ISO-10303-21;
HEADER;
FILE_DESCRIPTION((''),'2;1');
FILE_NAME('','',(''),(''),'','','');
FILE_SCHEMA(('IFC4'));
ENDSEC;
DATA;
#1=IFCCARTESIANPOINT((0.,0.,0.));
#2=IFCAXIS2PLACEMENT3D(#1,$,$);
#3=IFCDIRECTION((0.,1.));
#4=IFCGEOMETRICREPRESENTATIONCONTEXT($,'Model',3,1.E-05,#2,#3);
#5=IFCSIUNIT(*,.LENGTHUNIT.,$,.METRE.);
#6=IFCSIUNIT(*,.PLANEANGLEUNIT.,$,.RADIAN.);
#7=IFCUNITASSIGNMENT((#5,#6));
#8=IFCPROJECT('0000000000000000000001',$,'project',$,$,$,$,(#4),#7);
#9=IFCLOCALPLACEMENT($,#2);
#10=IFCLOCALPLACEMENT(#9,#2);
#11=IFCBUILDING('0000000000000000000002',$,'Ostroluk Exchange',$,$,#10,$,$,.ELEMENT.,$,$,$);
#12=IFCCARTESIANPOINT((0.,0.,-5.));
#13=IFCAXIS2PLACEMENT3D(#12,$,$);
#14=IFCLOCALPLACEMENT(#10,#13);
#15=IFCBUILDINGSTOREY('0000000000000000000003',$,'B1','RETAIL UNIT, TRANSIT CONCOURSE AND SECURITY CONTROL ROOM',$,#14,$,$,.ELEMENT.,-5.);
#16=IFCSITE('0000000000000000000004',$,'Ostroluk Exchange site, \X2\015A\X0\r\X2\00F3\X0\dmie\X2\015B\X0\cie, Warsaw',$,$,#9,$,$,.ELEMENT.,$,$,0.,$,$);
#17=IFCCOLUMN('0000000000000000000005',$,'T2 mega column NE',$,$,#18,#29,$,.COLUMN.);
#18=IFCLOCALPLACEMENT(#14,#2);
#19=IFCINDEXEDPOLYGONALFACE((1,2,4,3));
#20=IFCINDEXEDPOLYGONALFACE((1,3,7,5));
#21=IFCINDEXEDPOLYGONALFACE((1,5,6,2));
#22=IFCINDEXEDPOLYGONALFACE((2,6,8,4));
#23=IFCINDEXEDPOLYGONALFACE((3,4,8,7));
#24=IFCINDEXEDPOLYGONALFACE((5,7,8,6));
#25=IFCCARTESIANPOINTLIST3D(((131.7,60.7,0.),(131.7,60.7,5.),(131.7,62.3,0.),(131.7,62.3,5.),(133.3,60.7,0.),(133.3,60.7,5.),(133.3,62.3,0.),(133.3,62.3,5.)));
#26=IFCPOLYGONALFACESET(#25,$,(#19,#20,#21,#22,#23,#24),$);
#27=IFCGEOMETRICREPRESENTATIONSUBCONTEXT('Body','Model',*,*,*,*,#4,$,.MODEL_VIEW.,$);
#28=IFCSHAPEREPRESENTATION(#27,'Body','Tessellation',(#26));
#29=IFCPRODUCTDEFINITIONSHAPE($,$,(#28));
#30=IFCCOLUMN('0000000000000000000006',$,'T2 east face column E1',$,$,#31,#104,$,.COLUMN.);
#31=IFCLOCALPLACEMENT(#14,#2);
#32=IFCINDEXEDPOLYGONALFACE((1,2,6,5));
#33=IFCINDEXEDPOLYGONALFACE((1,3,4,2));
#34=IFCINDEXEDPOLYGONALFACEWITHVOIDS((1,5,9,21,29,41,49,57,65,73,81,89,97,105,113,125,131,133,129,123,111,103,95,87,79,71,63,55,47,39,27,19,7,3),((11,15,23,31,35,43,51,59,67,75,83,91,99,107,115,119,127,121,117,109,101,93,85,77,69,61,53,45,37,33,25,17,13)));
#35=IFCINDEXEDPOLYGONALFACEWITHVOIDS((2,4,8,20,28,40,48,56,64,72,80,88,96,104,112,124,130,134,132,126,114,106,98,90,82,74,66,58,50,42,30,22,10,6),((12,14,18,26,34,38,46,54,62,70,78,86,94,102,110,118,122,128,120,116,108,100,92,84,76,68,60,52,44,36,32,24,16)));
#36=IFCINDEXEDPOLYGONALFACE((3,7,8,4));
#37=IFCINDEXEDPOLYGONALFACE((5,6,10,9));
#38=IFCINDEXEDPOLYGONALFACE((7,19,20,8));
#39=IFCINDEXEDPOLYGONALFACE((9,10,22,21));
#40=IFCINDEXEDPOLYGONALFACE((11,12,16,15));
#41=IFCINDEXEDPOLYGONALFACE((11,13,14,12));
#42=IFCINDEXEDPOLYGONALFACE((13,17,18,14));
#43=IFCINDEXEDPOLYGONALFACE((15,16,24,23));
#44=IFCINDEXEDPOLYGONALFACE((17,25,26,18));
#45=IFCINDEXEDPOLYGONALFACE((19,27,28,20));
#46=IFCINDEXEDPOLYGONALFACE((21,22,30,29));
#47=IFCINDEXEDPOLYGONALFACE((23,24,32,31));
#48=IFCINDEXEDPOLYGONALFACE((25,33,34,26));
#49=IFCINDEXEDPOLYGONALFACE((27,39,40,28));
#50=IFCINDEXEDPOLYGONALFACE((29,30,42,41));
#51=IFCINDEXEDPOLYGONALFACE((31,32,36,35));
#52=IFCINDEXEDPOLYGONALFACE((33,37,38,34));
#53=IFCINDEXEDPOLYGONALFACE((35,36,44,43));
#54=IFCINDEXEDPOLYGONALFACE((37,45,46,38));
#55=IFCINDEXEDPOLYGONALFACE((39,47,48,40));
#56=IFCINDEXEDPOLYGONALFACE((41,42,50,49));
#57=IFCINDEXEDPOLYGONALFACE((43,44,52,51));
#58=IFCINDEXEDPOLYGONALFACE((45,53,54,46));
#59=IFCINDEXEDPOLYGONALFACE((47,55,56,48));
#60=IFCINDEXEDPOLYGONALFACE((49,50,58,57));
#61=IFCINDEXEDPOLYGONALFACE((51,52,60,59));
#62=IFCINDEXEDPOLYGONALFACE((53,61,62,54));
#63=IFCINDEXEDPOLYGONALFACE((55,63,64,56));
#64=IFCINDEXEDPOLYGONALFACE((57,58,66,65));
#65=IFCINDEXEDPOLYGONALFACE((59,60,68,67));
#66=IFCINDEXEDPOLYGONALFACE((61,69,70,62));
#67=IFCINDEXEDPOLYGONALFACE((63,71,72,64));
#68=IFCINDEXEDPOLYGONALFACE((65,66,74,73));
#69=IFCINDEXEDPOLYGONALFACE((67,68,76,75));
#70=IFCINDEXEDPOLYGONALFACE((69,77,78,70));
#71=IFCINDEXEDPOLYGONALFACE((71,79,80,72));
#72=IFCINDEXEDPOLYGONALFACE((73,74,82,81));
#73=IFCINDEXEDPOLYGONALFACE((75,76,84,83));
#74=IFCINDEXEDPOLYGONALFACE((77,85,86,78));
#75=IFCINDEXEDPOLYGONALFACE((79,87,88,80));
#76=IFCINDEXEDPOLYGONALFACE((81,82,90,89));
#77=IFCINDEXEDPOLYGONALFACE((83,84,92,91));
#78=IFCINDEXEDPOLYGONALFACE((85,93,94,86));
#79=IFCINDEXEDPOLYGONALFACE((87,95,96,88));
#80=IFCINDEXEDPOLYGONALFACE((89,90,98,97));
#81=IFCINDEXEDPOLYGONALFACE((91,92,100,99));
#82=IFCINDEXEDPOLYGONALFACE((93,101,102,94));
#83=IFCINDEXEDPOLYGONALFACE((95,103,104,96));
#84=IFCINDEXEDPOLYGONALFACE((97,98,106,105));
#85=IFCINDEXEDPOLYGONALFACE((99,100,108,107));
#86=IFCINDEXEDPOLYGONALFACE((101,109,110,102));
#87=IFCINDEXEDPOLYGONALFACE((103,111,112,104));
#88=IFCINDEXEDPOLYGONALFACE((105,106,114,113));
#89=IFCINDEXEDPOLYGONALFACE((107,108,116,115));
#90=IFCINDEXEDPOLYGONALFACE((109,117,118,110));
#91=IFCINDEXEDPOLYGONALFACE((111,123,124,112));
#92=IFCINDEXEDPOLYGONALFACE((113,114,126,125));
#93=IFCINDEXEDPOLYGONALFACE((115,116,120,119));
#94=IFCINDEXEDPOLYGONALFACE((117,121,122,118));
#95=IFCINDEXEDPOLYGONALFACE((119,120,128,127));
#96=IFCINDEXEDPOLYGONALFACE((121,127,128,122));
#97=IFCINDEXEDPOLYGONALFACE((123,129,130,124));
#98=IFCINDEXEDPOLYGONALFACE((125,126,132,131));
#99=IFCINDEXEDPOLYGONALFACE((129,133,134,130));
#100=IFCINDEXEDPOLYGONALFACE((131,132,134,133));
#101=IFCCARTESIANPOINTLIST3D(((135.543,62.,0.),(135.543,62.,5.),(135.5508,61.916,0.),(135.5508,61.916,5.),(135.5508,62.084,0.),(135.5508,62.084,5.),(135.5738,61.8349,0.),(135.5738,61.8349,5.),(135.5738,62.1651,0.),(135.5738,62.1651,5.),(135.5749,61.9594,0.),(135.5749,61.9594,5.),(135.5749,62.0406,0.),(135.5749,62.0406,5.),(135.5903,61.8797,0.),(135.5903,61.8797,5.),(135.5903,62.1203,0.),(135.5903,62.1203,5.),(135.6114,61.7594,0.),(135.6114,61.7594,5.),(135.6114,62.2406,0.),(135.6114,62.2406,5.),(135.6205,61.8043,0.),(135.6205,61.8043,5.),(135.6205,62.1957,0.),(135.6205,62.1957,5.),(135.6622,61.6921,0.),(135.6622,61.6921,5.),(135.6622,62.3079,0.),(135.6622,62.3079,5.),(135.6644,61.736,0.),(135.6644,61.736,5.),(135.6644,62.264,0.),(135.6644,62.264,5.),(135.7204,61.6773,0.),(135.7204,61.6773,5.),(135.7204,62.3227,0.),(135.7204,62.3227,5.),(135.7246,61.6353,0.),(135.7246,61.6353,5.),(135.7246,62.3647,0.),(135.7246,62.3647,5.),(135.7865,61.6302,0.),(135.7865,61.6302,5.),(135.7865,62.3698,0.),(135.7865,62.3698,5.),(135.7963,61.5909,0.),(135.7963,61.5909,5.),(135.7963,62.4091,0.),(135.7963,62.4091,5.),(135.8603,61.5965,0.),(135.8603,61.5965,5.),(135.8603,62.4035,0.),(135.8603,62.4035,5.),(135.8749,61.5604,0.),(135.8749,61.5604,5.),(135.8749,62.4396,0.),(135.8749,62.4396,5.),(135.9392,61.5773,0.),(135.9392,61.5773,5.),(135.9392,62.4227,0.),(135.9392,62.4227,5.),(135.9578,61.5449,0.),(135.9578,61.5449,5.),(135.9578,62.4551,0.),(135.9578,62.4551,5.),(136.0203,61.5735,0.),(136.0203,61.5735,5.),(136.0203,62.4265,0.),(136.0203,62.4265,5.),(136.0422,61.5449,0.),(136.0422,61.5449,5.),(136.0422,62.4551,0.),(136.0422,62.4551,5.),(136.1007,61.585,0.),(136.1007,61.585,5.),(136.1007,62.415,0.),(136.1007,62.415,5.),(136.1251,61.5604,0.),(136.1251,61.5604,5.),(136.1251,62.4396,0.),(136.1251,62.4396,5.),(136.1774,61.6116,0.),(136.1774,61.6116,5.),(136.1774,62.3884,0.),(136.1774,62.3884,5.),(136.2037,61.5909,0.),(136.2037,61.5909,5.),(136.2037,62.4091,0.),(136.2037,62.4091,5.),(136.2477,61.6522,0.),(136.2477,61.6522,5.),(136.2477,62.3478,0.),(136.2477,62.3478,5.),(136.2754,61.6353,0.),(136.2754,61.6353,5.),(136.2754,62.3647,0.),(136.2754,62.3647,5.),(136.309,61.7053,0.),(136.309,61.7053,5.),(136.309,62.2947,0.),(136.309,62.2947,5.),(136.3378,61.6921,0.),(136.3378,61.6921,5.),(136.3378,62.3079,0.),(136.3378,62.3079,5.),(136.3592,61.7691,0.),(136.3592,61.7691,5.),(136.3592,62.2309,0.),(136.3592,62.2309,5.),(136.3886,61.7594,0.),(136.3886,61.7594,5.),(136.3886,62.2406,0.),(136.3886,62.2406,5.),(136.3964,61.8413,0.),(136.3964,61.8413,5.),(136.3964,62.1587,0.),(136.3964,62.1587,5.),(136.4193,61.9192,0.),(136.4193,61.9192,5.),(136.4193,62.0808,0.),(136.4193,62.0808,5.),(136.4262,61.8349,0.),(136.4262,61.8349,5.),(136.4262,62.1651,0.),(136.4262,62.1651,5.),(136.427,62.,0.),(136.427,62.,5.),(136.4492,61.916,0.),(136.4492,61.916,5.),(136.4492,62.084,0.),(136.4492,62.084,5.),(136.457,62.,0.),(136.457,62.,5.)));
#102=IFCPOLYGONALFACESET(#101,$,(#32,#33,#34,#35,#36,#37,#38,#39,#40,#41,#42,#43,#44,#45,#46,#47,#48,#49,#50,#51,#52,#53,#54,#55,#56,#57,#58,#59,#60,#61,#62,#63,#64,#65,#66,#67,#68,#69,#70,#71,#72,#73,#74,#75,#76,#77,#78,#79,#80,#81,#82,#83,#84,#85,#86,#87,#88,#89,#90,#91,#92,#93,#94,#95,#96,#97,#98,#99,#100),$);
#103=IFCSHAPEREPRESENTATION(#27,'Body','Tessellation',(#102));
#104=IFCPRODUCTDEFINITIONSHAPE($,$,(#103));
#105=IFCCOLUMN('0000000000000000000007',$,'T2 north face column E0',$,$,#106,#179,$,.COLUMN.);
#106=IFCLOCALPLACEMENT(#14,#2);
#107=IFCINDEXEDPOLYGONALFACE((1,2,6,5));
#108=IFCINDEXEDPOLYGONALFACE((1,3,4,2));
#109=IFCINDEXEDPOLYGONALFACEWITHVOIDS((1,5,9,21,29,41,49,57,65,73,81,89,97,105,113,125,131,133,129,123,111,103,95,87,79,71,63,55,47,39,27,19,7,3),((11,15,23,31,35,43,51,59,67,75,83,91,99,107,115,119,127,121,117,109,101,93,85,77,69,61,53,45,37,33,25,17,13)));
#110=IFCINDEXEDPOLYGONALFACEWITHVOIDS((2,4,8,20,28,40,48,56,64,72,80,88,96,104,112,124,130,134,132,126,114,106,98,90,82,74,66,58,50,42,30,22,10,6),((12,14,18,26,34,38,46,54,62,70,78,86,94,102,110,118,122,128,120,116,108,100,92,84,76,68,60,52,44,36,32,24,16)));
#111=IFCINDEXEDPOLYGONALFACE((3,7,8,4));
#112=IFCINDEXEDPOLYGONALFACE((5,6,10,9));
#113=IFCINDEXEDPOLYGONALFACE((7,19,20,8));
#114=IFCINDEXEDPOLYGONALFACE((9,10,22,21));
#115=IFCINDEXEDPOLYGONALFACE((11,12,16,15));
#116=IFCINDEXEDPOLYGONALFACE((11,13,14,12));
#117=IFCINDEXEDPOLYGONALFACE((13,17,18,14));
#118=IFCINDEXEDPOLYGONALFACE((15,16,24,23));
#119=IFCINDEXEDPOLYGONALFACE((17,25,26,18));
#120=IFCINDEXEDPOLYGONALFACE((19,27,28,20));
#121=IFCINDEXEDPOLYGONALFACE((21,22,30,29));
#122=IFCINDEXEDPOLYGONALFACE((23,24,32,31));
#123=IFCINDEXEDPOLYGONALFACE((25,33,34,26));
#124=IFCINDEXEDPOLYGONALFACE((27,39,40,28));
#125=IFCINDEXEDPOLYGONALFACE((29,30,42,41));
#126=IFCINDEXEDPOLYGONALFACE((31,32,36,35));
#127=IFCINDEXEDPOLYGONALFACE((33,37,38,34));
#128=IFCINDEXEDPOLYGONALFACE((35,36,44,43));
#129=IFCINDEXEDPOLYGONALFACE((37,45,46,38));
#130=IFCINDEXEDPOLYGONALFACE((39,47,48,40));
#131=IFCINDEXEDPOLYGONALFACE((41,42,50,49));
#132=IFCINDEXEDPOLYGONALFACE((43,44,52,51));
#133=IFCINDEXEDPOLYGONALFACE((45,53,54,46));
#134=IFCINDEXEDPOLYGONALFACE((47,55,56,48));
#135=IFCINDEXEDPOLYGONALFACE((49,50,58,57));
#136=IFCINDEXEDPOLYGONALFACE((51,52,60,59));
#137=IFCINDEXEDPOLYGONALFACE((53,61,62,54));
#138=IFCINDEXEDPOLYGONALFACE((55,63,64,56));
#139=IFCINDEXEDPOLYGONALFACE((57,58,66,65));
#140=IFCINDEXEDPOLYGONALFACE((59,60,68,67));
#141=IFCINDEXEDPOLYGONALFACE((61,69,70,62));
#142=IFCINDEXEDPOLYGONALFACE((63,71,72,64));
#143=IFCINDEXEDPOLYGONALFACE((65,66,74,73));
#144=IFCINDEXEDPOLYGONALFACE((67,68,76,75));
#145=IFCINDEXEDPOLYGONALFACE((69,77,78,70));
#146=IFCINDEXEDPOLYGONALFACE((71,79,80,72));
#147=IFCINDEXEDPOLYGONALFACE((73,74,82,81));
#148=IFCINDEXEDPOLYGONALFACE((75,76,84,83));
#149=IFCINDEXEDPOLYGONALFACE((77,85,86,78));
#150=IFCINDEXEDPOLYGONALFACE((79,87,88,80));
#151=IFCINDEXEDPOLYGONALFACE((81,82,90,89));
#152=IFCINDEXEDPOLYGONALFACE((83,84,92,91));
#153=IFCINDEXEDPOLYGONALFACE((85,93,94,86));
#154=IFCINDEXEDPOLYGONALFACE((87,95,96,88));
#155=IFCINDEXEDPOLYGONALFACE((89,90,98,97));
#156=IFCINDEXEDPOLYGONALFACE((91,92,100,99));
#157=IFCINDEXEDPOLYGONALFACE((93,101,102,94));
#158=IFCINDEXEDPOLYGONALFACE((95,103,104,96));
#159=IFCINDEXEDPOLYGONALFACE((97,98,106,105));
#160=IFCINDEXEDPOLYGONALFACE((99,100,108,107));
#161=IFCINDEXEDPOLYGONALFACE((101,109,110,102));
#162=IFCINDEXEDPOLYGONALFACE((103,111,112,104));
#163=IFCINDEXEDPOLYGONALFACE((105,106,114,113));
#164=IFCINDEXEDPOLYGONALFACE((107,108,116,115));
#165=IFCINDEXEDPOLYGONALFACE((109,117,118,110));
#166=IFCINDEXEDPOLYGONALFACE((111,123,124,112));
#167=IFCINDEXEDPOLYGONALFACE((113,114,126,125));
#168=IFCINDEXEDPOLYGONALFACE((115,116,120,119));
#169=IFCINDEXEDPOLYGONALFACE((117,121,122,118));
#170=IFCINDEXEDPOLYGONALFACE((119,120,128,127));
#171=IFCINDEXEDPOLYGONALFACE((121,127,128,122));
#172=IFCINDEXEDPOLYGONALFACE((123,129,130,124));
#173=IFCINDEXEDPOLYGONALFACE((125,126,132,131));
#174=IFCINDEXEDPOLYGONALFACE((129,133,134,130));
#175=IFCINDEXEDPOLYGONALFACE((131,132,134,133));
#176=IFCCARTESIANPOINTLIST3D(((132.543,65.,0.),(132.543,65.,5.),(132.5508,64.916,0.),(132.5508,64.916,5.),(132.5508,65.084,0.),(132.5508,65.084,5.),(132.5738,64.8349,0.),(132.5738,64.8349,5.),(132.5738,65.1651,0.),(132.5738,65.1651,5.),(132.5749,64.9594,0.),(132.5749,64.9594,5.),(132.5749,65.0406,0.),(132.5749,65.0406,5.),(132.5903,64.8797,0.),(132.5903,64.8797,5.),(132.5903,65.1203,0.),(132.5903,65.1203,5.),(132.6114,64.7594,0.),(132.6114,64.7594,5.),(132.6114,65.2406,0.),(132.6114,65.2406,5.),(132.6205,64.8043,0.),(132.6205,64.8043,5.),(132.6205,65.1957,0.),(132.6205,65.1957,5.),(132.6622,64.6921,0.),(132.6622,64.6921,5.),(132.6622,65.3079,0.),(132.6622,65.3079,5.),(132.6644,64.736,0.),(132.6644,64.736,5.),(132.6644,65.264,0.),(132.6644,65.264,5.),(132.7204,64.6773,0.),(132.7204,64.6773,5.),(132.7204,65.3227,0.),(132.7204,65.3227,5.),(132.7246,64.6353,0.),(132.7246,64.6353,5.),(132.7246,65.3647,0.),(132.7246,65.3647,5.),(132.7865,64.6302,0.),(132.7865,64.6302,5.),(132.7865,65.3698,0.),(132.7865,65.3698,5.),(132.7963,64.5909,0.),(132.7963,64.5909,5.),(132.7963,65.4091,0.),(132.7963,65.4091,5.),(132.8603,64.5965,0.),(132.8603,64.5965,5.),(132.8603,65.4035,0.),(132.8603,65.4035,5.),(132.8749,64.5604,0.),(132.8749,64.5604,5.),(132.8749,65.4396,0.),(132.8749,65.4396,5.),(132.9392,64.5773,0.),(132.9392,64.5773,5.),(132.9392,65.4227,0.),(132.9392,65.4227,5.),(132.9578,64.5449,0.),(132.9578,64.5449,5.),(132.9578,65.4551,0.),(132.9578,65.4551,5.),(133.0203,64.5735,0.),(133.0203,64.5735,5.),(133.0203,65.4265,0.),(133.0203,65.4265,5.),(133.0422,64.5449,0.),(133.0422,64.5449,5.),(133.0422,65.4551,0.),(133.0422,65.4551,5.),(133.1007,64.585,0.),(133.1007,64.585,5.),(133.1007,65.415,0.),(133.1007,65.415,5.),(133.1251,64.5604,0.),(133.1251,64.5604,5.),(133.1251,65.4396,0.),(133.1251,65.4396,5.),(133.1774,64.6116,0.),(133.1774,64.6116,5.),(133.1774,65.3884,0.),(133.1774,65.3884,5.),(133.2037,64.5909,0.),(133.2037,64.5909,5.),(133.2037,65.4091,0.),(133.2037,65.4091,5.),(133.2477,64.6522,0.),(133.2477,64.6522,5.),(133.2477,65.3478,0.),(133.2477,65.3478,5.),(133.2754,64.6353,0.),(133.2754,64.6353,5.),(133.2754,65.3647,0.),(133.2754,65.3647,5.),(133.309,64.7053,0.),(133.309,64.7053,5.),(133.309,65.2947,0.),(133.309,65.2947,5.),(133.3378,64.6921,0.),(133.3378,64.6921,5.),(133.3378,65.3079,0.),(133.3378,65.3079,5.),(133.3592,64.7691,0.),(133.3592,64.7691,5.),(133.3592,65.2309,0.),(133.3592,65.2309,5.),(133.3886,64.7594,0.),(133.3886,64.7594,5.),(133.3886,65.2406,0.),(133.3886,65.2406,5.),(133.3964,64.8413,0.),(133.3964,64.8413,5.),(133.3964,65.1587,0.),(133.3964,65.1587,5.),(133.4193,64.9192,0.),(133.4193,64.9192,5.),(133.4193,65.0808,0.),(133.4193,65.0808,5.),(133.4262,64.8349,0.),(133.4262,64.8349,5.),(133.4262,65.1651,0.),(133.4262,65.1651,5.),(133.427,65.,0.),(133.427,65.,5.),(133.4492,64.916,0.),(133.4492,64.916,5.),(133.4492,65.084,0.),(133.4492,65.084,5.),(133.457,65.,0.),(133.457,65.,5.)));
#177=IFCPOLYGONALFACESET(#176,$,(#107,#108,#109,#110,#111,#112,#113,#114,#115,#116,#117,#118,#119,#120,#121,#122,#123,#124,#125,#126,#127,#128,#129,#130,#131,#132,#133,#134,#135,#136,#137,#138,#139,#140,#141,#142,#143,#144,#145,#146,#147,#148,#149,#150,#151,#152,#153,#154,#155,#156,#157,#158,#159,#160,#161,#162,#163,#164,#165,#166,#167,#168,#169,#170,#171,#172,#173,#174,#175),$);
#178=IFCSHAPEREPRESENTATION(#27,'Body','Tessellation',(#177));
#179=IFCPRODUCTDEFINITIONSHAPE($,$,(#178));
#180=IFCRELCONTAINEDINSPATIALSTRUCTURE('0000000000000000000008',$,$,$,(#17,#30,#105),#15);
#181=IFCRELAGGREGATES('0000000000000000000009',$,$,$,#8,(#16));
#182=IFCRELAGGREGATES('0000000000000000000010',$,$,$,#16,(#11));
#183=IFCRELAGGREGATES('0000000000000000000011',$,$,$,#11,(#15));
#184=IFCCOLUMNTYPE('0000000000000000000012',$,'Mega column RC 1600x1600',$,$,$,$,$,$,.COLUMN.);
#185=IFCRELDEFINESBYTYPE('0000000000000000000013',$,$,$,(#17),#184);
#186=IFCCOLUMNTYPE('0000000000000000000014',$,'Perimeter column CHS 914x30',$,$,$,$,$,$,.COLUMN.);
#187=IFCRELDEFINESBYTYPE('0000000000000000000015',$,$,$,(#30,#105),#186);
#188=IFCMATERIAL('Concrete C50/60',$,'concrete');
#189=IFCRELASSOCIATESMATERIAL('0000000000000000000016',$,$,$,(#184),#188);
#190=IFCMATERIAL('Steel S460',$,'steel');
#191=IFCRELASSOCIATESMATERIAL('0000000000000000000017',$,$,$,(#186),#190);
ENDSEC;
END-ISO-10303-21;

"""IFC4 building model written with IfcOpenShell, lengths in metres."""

from ifc_helpers import new_model, si_unit, direction, frame, origin, origin_2d, place, context, subcontext, project, spatial, rectangle, hollow_circle, extrude, material, material_profile, profile_set, type_object, element, save


model = new_model("IFC4")

# Units and contexts
model_context = context("Model", 3, precision=1e-05, world=origin(), true_north=direction((0.0, 1.0)))
body_context = subcontext(model_context, "Body", "Model", "MODEL_VIEW")
ifc_project = project(units=[si_unit("LENGTHUNIT", "METRE"), si_unit("PLANEANGLEUNIT", "RADIAN")], contexts=[model_context])

# Site, building, storey
site_placement = place(None, origin())
site = spatial("IfcSite", under=ifc_project, at=site_placement, Name="Ostroluk Exchange site, Śródmieście, Warsaw", CompositionType="ELEMENT", RefElevation=0.0)
building_placement = place(site_placement, origin())
building = spatial("IfcBuilding", under=site, at=building_placement, Name="Ostroluk Exchange", CompositionType="ELEMENT")
storey_placement = place(building_placement, frame((0.0, 0.0, -5.0)))
storey = spatial("IfcBuildingStorey", under=building, at=storey_placement, Name="B1", Description="RETAIL UNIT, TRANSIT CONCOURSE AND SECURITY CONTROL ROOM", CompositionType="ELEMENT", Elevation=-5.0)

# Columns
ifc_material_1 = material(Name="Concrete C50/60", Category="concrete")
ifc_material_profile_1 = material_profile(ifc_material_1, rectangle(XDim=1.6001, YDim=1.6001, at=origin_2d()), Name="RC 1600x1600")
ifc_profile_set_1 = profile_set([ifc_material_profile_1], Name="Concrete C50/60")
column_type_1 = type_object("IfcColumnType", Name="Mega column RC 1600x1600", PredefinedType="COLUMN", material=ifc_profile_set_1)
column_1_placement = place(storey_placement, frame((132.5, 61.5, 0.0), z_axis=(0.0, 0.0, 1.0), x_axis=(1.0, 0.0, 0.0)))
element("IfcColumn", 1, at=column_1_placement, inside=storey, type_object=column_type_1, Name="T2 mega column NE", PredefinedType="COLUMN", context=body_context, shape_type="SweptSolid", body=[
    extrude(rectangle(XDim=1.6001, YDim=1.6001, at=origin_2d()), origin(), (0.0, 0.0, 1.0), 5.0),
])
ifc_material_2 = material(Name="Steel S460", Category="steel")
ifc_material_profile_2 = material_profile(ifc_material_2, hollow_circle(Radius=0.457, WallThickness=0.03, at=origin_2d()), Name="CHS 914x30")
ifc_profile_set_2 = profile_set([ifc_material_profile_2], Name="Steel S460")
column_type_2 = type_object("IfcColumnType", Name="Perimeter column CHS 914x30", PredefinedType="COLUMN", material=ifc_profile_set_2)
for number, where, z_axis, x_axis, name in (
    (2, (136.0, 62.0, 0.0), (0.0, 0.0, 1.0), (1.0, 0.0, 0.0), "T2 east face column E1"),
    (3, (133.0, 65.0, 0.0), (0.0, 0.0, 1.0), (1.0, 0.0, 0.0), "T2 north face column E0"),
):
    element("IfcColumn", number, at=place(storey_placement, frame(where, z_axis=z_axis, x_axis=x_axis)), inside=storey, type_object=column_type_2, Name=name, PredefinedType="COLUMN", context=body_context, shape_type="SweptSolid", body=[
        extrude(hollow_circle(Radius=0.457, WallThickness=0.03, at=origin_2d()), origin(), (0.0, 0.0, 1.0), 5.0),
    ])

save(model, "model.ifc")
